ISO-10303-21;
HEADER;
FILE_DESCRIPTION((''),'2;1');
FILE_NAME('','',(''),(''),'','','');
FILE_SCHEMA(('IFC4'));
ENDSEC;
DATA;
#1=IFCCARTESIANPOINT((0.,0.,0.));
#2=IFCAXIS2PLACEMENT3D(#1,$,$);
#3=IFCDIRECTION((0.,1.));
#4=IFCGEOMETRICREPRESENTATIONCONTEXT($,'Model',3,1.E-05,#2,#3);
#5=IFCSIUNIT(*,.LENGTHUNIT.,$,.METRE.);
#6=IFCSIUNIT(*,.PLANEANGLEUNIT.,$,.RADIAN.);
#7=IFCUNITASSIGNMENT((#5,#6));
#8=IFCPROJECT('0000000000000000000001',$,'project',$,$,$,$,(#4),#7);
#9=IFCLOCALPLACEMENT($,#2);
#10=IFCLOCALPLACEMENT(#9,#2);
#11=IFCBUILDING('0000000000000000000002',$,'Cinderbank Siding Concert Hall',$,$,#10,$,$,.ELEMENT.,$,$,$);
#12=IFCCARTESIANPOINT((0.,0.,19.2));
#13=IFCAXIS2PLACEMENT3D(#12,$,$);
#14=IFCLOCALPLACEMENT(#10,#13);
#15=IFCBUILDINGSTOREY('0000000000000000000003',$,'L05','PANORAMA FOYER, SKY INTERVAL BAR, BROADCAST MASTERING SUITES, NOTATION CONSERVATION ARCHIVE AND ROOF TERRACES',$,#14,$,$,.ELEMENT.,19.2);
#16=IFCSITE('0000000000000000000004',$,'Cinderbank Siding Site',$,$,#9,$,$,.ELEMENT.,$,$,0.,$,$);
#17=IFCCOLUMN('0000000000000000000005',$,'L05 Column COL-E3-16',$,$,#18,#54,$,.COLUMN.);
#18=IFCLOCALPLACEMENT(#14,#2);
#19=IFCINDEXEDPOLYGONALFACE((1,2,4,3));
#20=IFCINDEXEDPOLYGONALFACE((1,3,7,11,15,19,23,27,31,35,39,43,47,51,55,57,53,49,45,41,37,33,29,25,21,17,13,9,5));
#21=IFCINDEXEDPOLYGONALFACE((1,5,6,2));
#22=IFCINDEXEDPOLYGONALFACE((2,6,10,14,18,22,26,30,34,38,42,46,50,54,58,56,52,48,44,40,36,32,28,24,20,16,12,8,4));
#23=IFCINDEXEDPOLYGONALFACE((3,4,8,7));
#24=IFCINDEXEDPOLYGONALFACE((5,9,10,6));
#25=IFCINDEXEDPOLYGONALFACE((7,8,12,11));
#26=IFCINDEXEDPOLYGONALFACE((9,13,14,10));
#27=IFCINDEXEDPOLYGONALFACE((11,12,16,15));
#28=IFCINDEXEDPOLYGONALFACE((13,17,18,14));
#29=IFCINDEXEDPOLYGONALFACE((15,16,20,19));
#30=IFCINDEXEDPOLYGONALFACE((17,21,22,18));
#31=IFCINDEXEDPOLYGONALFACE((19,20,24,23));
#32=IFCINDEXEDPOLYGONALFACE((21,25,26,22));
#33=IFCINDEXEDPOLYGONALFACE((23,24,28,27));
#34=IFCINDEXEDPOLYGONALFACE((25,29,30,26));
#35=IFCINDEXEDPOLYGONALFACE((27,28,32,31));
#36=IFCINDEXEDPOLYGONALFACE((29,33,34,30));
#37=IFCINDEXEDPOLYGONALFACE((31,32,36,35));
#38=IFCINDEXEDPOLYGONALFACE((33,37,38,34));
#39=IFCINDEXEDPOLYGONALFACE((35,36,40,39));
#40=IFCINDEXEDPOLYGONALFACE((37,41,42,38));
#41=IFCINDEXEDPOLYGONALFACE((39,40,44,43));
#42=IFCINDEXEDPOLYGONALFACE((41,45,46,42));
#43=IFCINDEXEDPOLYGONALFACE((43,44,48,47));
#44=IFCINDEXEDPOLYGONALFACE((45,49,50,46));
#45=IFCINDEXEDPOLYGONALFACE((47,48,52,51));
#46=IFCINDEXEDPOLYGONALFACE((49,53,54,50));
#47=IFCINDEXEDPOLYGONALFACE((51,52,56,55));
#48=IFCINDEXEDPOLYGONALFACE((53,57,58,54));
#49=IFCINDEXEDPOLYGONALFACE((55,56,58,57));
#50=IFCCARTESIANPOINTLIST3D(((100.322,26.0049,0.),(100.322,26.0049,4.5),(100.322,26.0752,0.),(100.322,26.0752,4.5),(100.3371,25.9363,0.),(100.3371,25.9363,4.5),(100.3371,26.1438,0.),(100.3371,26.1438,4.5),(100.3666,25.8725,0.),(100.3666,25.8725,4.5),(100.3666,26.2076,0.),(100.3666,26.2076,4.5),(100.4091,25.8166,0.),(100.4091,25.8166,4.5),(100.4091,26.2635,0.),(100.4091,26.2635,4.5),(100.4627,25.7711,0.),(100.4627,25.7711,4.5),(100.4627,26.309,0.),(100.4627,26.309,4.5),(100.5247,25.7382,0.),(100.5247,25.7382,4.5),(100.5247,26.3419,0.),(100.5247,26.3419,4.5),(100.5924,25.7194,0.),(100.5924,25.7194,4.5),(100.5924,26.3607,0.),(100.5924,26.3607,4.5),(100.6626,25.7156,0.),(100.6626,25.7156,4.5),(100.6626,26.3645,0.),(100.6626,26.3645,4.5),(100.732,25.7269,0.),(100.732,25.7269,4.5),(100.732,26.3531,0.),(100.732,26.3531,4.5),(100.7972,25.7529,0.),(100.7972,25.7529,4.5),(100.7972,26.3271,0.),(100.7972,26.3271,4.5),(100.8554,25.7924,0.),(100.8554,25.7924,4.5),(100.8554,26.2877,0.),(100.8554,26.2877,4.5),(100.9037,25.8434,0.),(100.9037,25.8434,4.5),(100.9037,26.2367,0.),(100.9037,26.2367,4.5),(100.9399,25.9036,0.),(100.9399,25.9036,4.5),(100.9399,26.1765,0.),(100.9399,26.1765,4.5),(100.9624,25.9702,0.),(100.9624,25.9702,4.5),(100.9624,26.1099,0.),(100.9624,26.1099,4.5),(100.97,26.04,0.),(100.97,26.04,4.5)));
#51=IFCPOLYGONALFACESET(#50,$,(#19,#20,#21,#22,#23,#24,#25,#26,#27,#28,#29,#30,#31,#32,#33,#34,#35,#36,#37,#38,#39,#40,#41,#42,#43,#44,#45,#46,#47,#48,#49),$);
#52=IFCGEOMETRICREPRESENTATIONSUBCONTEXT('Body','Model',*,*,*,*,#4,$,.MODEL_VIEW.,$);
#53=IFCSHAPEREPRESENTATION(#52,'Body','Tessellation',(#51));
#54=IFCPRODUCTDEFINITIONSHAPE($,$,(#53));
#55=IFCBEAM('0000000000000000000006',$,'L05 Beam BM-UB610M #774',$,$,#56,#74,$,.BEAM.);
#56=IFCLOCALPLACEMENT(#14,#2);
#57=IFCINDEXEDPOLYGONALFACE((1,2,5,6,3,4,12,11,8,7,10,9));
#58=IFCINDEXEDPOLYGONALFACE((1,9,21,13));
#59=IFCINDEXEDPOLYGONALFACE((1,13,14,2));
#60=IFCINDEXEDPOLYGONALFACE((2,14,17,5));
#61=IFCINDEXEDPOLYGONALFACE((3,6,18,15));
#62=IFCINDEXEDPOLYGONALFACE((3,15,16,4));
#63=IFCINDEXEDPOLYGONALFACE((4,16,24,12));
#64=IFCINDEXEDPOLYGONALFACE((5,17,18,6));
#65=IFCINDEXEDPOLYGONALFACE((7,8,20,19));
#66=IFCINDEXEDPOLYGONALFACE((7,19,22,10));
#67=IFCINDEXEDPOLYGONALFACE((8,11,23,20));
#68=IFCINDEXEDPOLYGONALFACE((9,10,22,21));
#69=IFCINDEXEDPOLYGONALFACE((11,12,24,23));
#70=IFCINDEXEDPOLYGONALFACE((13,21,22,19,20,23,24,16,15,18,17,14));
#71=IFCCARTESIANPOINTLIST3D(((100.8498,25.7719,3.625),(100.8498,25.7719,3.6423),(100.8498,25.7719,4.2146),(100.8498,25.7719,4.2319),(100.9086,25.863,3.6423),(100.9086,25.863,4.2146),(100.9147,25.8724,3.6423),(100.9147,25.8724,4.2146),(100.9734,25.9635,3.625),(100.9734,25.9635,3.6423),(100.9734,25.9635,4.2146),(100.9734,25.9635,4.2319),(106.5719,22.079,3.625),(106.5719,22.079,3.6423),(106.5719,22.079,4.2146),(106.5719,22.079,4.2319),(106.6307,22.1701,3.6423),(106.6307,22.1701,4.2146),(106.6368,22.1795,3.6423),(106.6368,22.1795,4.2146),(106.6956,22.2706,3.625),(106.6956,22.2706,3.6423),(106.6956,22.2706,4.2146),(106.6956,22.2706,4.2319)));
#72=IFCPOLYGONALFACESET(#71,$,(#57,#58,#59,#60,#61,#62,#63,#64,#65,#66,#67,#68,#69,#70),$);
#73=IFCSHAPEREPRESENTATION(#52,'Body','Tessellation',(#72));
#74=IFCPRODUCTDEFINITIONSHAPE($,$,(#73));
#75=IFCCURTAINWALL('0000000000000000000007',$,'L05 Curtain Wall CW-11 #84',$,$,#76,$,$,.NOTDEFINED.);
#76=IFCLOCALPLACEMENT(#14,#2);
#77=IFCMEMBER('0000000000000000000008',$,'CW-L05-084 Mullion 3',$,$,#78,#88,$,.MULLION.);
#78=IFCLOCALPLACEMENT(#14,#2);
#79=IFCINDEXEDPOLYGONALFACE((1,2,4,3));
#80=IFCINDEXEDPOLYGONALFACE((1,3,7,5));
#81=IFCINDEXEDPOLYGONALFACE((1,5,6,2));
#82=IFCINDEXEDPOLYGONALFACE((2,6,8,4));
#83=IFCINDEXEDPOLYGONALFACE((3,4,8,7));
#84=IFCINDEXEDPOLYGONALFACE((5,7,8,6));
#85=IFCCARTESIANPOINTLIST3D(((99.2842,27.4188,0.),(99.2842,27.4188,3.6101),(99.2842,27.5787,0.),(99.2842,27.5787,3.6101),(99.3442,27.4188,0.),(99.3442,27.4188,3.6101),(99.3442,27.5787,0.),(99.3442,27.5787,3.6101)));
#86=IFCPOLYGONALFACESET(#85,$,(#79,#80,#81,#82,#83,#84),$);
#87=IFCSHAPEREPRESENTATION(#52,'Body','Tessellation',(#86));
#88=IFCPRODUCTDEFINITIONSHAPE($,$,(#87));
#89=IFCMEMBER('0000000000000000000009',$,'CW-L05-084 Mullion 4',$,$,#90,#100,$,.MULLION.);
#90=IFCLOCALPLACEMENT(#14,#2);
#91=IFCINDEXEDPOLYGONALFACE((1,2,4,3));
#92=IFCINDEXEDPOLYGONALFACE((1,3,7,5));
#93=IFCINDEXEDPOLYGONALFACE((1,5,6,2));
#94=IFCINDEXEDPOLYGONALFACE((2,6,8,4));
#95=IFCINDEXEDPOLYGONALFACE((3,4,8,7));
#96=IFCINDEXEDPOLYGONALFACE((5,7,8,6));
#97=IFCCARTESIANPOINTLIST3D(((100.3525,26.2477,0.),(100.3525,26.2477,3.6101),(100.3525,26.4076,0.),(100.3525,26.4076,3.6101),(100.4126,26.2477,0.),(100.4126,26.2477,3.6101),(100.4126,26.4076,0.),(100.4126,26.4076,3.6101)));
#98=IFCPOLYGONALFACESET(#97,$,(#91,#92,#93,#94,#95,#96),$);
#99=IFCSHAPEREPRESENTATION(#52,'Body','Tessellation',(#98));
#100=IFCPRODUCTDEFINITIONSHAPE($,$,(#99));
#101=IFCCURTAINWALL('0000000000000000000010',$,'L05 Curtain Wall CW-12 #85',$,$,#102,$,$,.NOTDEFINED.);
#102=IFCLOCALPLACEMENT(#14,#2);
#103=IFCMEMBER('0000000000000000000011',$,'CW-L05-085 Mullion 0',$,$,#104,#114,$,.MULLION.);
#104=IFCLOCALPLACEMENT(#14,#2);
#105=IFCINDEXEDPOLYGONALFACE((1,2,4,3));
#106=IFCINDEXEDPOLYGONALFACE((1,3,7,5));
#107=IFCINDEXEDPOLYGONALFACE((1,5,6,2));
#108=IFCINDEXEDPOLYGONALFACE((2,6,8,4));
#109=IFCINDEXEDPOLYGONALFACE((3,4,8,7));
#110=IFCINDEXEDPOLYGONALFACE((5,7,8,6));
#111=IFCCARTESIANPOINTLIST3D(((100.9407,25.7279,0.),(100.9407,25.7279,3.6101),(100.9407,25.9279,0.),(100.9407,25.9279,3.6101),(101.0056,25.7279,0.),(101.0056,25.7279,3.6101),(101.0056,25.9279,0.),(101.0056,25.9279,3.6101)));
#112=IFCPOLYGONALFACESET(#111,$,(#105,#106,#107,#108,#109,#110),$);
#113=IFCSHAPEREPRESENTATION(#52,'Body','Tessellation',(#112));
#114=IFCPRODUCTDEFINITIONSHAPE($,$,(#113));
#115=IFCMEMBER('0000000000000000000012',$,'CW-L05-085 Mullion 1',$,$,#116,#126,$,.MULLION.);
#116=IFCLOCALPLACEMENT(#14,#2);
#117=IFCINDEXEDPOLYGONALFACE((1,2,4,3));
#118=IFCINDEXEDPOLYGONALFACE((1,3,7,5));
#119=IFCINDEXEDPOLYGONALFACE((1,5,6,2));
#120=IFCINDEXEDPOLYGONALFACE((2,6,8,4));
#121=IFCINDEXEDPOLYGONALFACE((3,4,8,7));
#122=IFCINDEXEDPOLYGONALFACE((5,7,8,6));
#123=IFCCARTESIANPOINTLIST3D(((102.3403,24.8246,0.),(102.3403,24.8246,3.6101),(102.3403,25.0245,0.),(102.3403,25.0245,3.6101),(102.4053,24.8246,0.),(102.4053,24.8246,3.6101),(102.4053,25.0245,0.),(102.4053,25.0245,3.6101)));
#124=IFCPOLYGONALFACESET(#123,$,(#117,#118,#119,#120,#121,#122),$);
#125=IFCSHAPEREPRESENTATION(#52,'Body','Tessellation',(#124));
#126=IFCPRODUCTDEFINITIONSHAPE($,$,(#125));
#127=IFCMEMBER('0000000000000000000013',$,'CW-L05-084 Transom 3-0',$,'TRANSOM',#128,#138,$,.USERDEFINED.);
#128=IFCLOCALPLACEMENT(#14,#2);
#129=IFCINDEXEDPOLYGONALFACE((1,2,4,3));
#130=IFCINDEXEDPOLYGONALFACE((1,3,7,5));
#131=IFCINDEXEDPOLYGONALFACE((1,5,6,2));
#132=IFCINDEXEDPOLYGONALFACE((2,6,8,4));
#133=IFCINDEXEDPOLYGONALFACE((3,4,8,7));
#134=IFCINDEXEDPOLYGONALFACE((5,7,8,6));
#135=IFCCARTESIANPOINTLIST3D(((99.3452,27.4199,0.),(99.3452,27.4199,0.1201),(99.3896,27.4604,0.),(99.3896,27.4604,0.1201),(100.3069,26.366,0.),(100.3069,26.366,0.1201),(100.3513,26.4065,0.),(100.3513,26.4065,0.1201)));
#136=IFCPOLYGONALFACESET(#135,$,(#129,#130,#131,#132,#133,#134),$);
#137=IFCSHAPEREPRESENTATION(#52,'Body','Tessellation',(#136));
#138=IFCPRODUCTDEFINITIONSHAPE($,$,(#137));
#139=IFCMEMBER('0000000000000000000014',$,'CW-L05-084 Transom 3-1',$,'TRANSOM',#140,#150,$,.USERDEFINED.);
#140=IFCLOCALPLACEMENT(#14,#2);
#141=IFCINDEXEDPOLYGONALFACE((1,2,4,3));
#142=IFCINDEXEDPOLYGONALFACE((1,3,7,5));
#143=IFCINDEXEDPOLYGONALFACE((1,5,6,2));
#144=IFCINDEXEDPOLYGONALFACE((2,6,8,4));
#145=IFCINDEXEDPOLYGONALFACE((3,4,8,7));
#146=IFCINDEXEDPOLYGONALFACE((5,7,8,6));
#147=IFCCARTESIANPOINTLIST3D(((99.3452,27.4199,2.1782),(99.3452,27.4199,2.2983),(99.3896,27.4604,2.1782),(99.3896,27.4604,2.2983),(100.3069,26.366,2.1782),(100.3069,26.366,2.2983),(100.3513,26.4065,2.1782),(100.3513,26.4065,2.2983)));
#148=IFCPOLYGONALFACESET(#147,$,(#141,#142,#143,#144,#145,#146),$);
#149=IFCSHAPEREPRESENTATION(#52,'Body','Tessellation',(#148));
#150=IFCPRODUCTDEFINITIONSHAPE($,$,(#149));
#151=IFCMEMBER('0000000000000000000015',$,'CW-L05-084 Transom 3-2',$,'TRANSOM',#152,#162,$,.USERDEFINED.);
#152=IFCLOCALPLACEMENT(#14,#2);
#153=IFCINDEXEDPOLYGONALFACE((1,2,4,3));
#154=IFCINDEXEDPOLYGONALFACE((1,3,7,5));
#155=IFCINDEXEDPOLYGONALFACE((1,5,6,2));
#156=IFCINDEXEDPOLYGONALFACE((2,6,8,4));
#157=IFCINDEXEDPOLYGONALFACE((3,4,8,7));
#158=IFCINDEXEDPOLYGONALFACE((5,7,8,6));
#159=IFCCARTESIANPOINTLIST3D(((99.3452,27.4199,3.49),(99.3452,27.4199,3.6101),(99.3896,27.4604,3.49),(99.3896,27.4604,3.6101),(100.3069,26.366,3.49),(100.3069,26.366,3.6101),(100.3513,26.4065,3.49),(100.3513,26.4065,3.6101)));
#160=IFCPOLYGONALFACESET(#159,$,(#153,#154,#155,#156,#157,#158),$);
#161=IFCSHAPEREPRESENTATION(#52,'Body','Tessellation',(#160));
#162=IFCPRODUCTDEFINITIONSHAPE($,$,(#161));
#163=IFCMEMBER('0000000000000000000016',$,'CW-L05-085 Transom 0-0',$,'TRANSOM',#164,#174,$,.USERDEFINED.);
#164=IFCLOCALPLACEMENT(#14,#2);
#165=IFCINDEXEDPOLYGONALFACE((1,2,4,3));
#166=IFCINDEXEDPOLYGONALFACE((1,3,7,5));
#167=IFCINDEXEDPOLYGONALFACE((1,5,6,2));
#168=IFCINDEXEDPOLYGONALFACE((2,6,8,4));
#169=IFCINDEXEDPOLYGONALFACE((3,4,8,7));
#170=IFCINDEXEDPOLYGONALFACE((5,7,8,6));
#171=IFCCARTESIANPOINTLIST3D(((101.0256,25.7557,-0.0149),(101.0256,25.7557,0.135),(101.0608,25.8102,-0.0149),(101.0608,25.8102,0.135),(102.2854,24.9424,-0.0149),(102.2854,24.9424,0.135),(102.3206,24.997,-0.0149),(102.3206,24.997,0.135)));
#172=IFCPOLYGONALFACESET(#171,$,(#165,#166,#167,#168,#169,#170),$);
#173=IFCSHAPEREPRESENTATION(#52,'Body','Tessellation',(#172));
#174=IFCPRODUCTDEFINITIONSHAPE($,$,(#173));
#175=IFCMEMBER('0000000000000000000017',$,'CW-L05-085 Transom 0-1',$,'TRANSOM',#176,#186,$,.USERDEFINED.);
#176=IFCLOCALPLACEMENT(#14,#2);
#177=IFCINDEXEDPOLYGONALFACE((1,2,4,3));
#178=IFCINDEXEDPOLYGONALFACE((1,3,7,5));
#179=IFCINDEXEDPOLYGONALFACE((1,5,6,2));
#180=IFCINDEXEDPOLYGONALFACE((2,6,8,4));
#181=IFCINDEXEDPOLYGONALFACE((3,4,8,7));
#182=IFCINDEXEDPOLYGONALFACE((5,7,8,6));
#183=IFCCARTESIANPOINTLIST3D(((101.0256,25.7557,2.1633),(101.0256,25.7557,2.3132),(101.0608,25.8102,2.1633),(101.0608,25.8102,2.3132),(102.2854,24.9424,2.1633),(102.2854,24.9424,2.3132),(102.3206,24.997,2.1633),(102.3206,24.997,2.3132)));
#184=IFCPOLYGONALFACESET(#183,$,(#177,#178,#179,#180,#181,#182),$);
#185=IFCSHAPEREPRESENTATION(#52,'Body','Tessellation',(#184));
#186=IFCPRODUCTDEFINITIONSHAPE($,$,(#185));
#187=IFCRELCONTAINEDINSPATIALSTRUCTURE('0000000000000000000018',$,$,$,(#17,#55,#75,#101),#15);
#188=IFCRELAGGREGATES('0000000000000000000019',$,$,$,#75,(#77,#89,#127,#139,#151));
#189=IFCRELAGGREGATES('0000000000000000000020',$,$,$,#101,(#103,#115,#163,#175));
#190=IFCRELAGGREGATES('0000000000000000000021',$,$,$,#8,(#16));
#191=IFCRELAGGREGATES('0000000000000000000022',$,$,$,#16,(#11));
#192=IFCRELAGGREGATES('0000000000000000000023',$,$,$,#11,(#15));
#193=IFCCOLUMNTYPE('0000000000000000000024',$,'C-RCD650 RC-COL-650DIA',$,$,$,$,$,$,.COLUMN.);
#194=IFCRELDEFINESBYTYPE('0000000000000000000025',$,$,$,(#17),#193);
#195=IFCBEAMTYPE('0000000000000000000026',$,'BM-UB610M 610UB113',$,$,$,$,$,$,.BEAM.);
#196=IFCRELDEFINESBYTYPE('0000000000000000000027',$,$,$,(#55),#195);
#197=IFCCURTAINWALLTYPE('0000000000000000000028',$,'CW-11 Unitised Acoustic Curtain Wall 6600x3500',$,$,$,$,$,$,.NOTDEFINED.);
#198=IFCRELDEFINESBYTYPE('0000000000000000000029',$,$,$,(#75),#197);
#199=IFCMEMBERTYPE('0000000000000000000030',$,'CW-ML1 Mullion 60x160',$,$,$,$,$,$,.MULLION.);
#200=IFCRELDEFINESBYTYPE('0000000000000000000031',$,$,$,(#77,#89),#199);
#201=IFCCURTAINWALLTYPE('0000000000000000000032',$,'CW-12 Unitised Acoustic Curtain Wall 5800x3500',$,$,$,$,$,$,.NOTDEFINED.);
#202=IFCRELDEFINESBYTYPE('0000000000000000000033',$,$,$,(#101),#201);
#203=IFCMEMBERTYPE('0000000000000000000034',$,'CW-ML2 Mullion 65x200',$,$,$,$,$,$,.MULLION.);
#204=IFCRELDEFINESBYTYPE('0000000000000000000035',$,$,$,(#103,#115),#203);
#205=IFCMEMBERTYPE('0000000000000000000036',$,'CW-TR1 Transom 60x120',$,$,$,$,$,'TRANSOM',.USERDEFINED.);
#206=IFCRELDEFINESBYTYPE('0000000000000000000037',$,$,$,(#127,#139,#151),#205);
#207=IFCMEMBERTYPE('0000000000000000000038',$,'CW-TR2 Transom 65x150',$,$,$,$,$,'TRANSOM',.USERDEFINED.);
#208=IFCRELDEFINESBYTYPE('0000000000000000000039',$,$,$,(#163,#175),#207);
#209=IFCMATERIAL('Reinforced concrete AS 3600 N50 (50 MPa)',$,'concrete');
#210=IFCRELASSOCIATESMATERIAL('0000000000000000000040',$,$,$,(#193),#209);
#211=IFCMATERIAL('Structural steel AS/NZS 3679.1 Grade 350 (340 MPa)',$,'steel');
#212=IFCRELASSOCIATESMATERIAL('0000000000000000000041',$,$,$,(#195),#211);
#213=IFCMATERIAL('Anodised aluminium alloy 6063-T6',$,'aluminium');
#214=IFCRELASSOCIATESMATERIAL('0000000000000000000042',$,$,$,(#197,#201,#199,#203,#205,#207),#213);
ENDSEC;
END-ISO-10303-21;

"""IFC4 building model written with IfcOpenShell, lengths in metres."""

from ifc_helpers import new_model, si_unit, direction, frame, origin, origin_2d, place, context, subcontext, project, spatial, rectangle, circle, i_section, extrude, material, material_profile, profile_set, type_object, element, aggregate, save


model = new_model("IFC4")

# Units and contexts
model_context = context("Model", 3, precision=1e-05, world=origin(), true_north=direction((0.0, 1.0)))
body_context = subcontext(model_context, "Body", "Model", "MODEL_VIEW")
ifc_project = project(units=[si_unit("LENGTHUNIT", "METRE"), si_unit("PLANEANGLEUNIT", "RADIAN")], contexts=[model_context])

# Site, building, storey
site_placement = place(None, origin())
site = spatial("IfcSite", under=ifc_project, at=site_placement, Name="Cinderbank Siding Site", CompositionType="ELEMENT", RefElevation=0.0)
building_placement = place(site_placement, origin())
building = spatial("IfcBuilding", under=site, at=building_placement, Name="Cinderbank Siding Concert Hall", CompositionType="ELEMENT")
storey_placement = place(building_placement, frame((0.0, 0.0, 19.2)))
storey = spatial("IfcBuildingStorey", under=building, at=storey_placement, Name="L05", Description="PANORAMA FOYER, SKY INTERVAL BAR, BROADCAST MASTERING SUITES, NOTATION CONSERVATION ARCHIVE AND ROOF TERRACES", CompositionType="ELEMENT", Elevation=19.2)

# Column
ifc_material_1 = material(Name="Reinforced concrete AS 3600 N50 (50 MPa)", Category="concrete")
ifc_material_profile_1 = material_profile(ifc_material_1, circle(Radius=0.325, at=origin_2d()), Name="RC-COL-650DIA", Category="LoadBearing")
ifc_profile_set_1 = profile_set([ifc_material_profile_1], Name="Reinforced concrete AS 3600 N50 (50 MPa)")
column_type = type_object("IfcColumnType", Name="C-RCD650 RC-COL-650DIA", PredefinedType="COLUMN", material=ifc_profile_set_1)
column_placement = place(storey_placement, frame((100.645, 26.04, 0.0), z_axis=(0.0, 0.0, 1.0), x_axis=(1.0, 0.0, 0.0)))
element("IfcColumn", 1, at=column_placement, inside=storey, type_object=column_type, Name="L05 Column COL-E3-16", PredefinedType="COLUMN", context=body_context, shape_type="SweptSolid", body=[
    extrude(circle(Radius=0.325, at=origin_2d()), origin(), (0.0, 0.0, 1.0), 4.5),
])

# Beam
ifc_material_2 = material(Name="Structural steel AS/NZS 3679.1 Grade 350 (340 MPa)", Category="steel")
ifc_material_profile_2 = material_profile(ifc_material_2, i_section(OverallWidth=0.228, OverallDepth=0.6069, WebThickness=0.0112, FlangeThickness=0.0173, at=origin_2d()), Name="610UB113", Category="LoadBearing")
ifc_profile_set_2 = profile_set([ifc_material_profile_2], Name="Structural steel AS/NZS 3679.1 Grade 350 (340 MPa)")
beam_type = type_object("IfcBeamType", Name="BM-UB610M 610UB113", PredefinedType="BEAM", material=ifc_profile_set_2)
beam_placement = place(storey_placement, frame((100.9116, 25.8677, 3.9285), z_axis=(0.84022, -0.542246, 0.0), x_axis=(0.542246, 0.84022, 0.0)))
element("IfcBeam", 2, at=beam_placement, inside=storey, type_object=beam_type, Name="L05 Beam BM-UB610M #774", PredefinedType="BEAM", context=body_context, shape_type="SweptSolid", body=[
    extrude(i_section(OverallWidth=0.228, OverallDepth=0.6069, WebThickness=0.0112, FlangeThickness=0.0173, at=origin_2d()), origin(), (0.0, 0.0, 1.0), 6.8103),
])

# Curtain walls, members
ifc_material_3 = material(Name="Anodised aluminium alloy 6063-T6", Category="aluminium")
curtain_wall_type_1 = type_object("IfcCurtainWallType", Name="CW-11 Unitised Acoustic Curtain Wall 6600x3500", PredefinedType="NOTDEFINED", material=ifc_material_3)
curtain_wall_1_placement = place(storey_placement, origin())
curtain_wall_1 = element("IfcCurtainWall", 3, at=curtain_wall_1_placement, inside=storey, type_object=curtain_wall_type_1, Name="L05 Curtain Wall CW-11 #84", PredefinedType="NOTDEFINED")
ifc_material_profile_3 = material_profile(ifc_material_3, rectangle(XDim=0.0601, YDim=0.1599, at=origin_2d()), Name="ALU-MULL-60x160", Category="LoadBearing")
ifc_profile_set_3 = profile_set([ifc_material_profile_3], Name="Anodised aluminium alloy 6063-T6")
member_type_1 = type_object("IfcMemberType", Name="CW-ML1 Mullion 60x160", PredefinedType="MULLION", material=ifc_profile_set_3)
member_1_placement = place(storey_placement, frame((99.3142, 27.4988, 0.0), z_axis=(0.0, 0.0, 1.0), x_axis=(1.0, 0.0, 0.0)))
member_1 = element("IfcMember", 4, at=member_1_placement, type_object=member_type_1, Name="CW-L05-084 Mullion 3", PredefinedType="MULLION", context=body_context, shape_type="SweptSolid", body=[
    extrude(rectangle(XDim=0.0601, YDim=0.1599, at=origin_2d()), origin(), (0.0, 0.0, 1.0), 3.6101),
])
member_2_placement = place(storey_placement, frame((100.3826, 26.3276, 0.0), z_axis=(0.0, 0.0, 1.0), x_axis=(1.0, 0.0, 0.0)))
member_2 = element("IfcMember", 5, at=member_2_placement, type_object=member_type_1, Name="CW-L05-084 Mullion 4", PredefinedType="MULLION", context=body_context, shape_type="SweptSolid", body=[
    extrude(rectangle(XDim=0.0601, YDim=0.1599, at=origin_2d()), origin(), (0.0, 0.0, 1.0), 3.6101),
])
curtain_wall_type_2 = type_object("IfcCurtainWallType", Name="CW-12 Unitised Acoustic Curtain Wall 5800x3500", PredefinedType="NOTDEFINED", material=ifc_material_3)
curtain_wall_2_placement = place(storey_placement, origin())
curtain_wall_2 = element("IfcCurtainWall", 6, at=curtain_wall_2_placement, inside=storey, type_object=curtain_wall_type_2, Name="L05 Curtain Wall CW-12 #85", PredefinedType="NOTDEFINED")
ifc_material_profile_4 = material_profile(ifc_material_3, rectangle(XDim=0.0649, YDim=0.2, at=origin_2d()), Name="ALU-MULL-65x200", Category="LoadBearing")
ifc_profile_set_4 = profile_set([ifc_material_profile_4], Name="Anodised aluminium alloy 6063-T6")
member_type_2 = type_object("IfcMemberType", Name="CW-ML2 Mullion 65x200", PredefinedType="MULLION", material=ifc_profile_set_4)
member_3_placement = place(storey_placement, frame((100.9731, 25.8279, 0.0), z_axis=(0.0, 0.0, 1.0), x_axis=(1.0, 0.0, 0.0)))
member_3 = element("IfcMember", 7, at=member_3_placement, type_object=member_type_2, Name="CW-L05-085 Mullion 0", PredefinedType="MULLION", context=body_context, shape_type="SweptSolid", body=[
    extrude(rectangle(XDim=0.0649, YDim=0.2, at=origin_2d()), origin(), (0.0, 0.0, 1.0), 3.6101),
])
member_4_placement = place(storey_placement, frame((102.3728, 24.9246, 0.0), z_axis=(0.0, 0.0, 1.0), x_axis=(1.0, 0.0, 0.0)))
member_4 = element("IfcMember", 8, at=member_4_placement, type_object=member_type_2, Name="CW-L05-085 Mullion 1", PredefinedType="MULLION", context=body_context, shape_type="SweptSolid", body=[
    extrude(rectangle(XDim=0.0649, YDim=0.2, at=origin_2d()), origin(), (0.0, 0.0, 1.0), 3.6101),
])

# Members
ifc_material_profile_5 = material_profile(ifc_material_3, rectangle(XDim=0.0601, YDim=0.1201, at=origin_2d()), Name="ALU-TRAN-60x120", Category="LoadBearing")
ifc_profile_set_5 = profile_set([ifc_material_profile_5], Name="Anodised aluminium alloy 6063-T6")
member_type_3 = type_object("IfcMemberType", Name="CW-TR1 Transom 60x120", ElementType="TRANSOM", PredefinedType="USERDEFINED", material=ifc_profile_set_5)
member_5_placement = place(storey_placement, frame((99.3674, 27.4402, 0.0601), z_axis=(0.674026, -0.738708, 0.0), x_axis=(0.738708, 0.674026, 0.0)))
member_5 = element("IfcMember", 9, at=member_5_placement, type_object=member_type_3, Name="CW-L05-084 Transom 3-0", ObjectType="TRANSOM", PredefinedType="USERDEFINED", context=body_context, shape_type="SweptSolid", body=[
    extrude(rectangle(XDim=0.0601, YDim=0.1201, at=origin_2d()), origin(), (0.0, 0.0, 1.0), 1.4268),
])
member_6_placement = place(storey_placement, frame((99.3674, 27.4402, 2.2383), z_axis=(0.674026, -0.738708, 0.0), x_axis=(0.738708, 0.674026, 0.0)))
member_6 = element("IfcMember", 10, at=member_6_placement, type_object=member_type_3, Name="CW-L05-084 Transom 3-1", ObjectType="TRANSOM", PredefinedType="USERDEFINED", context=body_context, shape_type="SweptSolid", body=[
    extrude(rectangle(XDim=0.0601, YDim=0.1201, at=origin_2d()), origin(), (0.0, 0.0, 1.0), 1.4268),
])
member_7_placement = place(storey_placement, frame((99.3674, 27.4402, 3.55), z_axis=(0.674026, -0.738708, 0.0), x_axis=(0.738708, 0.674026, 0.0)))
member_7 = element("IfcMember", 11, at=member_7_placement, type_object=member_type_3, Name="CW-L05-084 Transom 3-2", ObjectType="TRANSOM", PredefinedType="USERDEFINED", context=body_context, shape_type="SweptSolid", body=[
    extrude(rectangle(XDim=0.0601, YDim=0.1201, at=origin_2d()), origin(), (0.0, 0.0, 1.0), 1.4268),
])
ifc_material_profile_6 = material_profile(ifc_material_3, rectangle(XDim=0.0649, YDim=0.1499, at=origin_2d()), Name="ALU-TRAN-65x150", Category="LoadBearing")
ifc_profile_set_6 = profile_set([ifc_material_profile_6], Name="Anodised aluminium alloy 6063-T6")
member_type_4 = type_object("IfcMemberType", Name="CW-TR2 Transom 65x150", ElementType="TRANSOM", PredefinedType="USERDEFINED", material=ifc_profile_set_6)
member_8_placement = place(storey_placement, frame((101.0432, 25.783, 0.0601), z_axis=(0.840151, -0.542353, 0.0), x_axis=(0.542353, 0.840151, 0.0)))
member_8 = element("IfcMember", 12, at=member_8_placement, type_object=member_type_4, Name="CW-L05-085 Transom 0-0", ObjectType="TRANSOM", PredefinedType="USERDEFINED", context=body_context, shape_type="SweptSolid", body=[
    extrude(rectangle(XDim=0.0649, YDim=0.1499, at=origin_2d()), origin(), (0.0, 0.0, 1.0), 1.4995),
])
member_9_placement = place(storey_placement, frame((101.0432, 25.783, 2.2383), z_axis=(0.840151, -0.542353, 0.0), x_axis=(0.542353, 0.840151, 0.0)))
member_9 = element("IfcMember", 13, at=member_9_placement, type_object=member_type_4, Name="CW-L05-085 Transom 0-1", ObjectType="TRANSOM", PredefinedType="USERDEFINED", context=body_context, shape_type="SweptSolid", body=[
    extrude(rectangle(XDim=0.0649, YDim=0.1499, at=origin_2d()), origin(), (0.0, 0.0, 1.0), 1.4995),
])

aggregate(curtain_wall_1, [member_1, member_2, member_5, member_6, member_7])
aggregate(curtain_wall_2, [member_3, member_4, member_8, member_9])

save(model, "model.ifc")
